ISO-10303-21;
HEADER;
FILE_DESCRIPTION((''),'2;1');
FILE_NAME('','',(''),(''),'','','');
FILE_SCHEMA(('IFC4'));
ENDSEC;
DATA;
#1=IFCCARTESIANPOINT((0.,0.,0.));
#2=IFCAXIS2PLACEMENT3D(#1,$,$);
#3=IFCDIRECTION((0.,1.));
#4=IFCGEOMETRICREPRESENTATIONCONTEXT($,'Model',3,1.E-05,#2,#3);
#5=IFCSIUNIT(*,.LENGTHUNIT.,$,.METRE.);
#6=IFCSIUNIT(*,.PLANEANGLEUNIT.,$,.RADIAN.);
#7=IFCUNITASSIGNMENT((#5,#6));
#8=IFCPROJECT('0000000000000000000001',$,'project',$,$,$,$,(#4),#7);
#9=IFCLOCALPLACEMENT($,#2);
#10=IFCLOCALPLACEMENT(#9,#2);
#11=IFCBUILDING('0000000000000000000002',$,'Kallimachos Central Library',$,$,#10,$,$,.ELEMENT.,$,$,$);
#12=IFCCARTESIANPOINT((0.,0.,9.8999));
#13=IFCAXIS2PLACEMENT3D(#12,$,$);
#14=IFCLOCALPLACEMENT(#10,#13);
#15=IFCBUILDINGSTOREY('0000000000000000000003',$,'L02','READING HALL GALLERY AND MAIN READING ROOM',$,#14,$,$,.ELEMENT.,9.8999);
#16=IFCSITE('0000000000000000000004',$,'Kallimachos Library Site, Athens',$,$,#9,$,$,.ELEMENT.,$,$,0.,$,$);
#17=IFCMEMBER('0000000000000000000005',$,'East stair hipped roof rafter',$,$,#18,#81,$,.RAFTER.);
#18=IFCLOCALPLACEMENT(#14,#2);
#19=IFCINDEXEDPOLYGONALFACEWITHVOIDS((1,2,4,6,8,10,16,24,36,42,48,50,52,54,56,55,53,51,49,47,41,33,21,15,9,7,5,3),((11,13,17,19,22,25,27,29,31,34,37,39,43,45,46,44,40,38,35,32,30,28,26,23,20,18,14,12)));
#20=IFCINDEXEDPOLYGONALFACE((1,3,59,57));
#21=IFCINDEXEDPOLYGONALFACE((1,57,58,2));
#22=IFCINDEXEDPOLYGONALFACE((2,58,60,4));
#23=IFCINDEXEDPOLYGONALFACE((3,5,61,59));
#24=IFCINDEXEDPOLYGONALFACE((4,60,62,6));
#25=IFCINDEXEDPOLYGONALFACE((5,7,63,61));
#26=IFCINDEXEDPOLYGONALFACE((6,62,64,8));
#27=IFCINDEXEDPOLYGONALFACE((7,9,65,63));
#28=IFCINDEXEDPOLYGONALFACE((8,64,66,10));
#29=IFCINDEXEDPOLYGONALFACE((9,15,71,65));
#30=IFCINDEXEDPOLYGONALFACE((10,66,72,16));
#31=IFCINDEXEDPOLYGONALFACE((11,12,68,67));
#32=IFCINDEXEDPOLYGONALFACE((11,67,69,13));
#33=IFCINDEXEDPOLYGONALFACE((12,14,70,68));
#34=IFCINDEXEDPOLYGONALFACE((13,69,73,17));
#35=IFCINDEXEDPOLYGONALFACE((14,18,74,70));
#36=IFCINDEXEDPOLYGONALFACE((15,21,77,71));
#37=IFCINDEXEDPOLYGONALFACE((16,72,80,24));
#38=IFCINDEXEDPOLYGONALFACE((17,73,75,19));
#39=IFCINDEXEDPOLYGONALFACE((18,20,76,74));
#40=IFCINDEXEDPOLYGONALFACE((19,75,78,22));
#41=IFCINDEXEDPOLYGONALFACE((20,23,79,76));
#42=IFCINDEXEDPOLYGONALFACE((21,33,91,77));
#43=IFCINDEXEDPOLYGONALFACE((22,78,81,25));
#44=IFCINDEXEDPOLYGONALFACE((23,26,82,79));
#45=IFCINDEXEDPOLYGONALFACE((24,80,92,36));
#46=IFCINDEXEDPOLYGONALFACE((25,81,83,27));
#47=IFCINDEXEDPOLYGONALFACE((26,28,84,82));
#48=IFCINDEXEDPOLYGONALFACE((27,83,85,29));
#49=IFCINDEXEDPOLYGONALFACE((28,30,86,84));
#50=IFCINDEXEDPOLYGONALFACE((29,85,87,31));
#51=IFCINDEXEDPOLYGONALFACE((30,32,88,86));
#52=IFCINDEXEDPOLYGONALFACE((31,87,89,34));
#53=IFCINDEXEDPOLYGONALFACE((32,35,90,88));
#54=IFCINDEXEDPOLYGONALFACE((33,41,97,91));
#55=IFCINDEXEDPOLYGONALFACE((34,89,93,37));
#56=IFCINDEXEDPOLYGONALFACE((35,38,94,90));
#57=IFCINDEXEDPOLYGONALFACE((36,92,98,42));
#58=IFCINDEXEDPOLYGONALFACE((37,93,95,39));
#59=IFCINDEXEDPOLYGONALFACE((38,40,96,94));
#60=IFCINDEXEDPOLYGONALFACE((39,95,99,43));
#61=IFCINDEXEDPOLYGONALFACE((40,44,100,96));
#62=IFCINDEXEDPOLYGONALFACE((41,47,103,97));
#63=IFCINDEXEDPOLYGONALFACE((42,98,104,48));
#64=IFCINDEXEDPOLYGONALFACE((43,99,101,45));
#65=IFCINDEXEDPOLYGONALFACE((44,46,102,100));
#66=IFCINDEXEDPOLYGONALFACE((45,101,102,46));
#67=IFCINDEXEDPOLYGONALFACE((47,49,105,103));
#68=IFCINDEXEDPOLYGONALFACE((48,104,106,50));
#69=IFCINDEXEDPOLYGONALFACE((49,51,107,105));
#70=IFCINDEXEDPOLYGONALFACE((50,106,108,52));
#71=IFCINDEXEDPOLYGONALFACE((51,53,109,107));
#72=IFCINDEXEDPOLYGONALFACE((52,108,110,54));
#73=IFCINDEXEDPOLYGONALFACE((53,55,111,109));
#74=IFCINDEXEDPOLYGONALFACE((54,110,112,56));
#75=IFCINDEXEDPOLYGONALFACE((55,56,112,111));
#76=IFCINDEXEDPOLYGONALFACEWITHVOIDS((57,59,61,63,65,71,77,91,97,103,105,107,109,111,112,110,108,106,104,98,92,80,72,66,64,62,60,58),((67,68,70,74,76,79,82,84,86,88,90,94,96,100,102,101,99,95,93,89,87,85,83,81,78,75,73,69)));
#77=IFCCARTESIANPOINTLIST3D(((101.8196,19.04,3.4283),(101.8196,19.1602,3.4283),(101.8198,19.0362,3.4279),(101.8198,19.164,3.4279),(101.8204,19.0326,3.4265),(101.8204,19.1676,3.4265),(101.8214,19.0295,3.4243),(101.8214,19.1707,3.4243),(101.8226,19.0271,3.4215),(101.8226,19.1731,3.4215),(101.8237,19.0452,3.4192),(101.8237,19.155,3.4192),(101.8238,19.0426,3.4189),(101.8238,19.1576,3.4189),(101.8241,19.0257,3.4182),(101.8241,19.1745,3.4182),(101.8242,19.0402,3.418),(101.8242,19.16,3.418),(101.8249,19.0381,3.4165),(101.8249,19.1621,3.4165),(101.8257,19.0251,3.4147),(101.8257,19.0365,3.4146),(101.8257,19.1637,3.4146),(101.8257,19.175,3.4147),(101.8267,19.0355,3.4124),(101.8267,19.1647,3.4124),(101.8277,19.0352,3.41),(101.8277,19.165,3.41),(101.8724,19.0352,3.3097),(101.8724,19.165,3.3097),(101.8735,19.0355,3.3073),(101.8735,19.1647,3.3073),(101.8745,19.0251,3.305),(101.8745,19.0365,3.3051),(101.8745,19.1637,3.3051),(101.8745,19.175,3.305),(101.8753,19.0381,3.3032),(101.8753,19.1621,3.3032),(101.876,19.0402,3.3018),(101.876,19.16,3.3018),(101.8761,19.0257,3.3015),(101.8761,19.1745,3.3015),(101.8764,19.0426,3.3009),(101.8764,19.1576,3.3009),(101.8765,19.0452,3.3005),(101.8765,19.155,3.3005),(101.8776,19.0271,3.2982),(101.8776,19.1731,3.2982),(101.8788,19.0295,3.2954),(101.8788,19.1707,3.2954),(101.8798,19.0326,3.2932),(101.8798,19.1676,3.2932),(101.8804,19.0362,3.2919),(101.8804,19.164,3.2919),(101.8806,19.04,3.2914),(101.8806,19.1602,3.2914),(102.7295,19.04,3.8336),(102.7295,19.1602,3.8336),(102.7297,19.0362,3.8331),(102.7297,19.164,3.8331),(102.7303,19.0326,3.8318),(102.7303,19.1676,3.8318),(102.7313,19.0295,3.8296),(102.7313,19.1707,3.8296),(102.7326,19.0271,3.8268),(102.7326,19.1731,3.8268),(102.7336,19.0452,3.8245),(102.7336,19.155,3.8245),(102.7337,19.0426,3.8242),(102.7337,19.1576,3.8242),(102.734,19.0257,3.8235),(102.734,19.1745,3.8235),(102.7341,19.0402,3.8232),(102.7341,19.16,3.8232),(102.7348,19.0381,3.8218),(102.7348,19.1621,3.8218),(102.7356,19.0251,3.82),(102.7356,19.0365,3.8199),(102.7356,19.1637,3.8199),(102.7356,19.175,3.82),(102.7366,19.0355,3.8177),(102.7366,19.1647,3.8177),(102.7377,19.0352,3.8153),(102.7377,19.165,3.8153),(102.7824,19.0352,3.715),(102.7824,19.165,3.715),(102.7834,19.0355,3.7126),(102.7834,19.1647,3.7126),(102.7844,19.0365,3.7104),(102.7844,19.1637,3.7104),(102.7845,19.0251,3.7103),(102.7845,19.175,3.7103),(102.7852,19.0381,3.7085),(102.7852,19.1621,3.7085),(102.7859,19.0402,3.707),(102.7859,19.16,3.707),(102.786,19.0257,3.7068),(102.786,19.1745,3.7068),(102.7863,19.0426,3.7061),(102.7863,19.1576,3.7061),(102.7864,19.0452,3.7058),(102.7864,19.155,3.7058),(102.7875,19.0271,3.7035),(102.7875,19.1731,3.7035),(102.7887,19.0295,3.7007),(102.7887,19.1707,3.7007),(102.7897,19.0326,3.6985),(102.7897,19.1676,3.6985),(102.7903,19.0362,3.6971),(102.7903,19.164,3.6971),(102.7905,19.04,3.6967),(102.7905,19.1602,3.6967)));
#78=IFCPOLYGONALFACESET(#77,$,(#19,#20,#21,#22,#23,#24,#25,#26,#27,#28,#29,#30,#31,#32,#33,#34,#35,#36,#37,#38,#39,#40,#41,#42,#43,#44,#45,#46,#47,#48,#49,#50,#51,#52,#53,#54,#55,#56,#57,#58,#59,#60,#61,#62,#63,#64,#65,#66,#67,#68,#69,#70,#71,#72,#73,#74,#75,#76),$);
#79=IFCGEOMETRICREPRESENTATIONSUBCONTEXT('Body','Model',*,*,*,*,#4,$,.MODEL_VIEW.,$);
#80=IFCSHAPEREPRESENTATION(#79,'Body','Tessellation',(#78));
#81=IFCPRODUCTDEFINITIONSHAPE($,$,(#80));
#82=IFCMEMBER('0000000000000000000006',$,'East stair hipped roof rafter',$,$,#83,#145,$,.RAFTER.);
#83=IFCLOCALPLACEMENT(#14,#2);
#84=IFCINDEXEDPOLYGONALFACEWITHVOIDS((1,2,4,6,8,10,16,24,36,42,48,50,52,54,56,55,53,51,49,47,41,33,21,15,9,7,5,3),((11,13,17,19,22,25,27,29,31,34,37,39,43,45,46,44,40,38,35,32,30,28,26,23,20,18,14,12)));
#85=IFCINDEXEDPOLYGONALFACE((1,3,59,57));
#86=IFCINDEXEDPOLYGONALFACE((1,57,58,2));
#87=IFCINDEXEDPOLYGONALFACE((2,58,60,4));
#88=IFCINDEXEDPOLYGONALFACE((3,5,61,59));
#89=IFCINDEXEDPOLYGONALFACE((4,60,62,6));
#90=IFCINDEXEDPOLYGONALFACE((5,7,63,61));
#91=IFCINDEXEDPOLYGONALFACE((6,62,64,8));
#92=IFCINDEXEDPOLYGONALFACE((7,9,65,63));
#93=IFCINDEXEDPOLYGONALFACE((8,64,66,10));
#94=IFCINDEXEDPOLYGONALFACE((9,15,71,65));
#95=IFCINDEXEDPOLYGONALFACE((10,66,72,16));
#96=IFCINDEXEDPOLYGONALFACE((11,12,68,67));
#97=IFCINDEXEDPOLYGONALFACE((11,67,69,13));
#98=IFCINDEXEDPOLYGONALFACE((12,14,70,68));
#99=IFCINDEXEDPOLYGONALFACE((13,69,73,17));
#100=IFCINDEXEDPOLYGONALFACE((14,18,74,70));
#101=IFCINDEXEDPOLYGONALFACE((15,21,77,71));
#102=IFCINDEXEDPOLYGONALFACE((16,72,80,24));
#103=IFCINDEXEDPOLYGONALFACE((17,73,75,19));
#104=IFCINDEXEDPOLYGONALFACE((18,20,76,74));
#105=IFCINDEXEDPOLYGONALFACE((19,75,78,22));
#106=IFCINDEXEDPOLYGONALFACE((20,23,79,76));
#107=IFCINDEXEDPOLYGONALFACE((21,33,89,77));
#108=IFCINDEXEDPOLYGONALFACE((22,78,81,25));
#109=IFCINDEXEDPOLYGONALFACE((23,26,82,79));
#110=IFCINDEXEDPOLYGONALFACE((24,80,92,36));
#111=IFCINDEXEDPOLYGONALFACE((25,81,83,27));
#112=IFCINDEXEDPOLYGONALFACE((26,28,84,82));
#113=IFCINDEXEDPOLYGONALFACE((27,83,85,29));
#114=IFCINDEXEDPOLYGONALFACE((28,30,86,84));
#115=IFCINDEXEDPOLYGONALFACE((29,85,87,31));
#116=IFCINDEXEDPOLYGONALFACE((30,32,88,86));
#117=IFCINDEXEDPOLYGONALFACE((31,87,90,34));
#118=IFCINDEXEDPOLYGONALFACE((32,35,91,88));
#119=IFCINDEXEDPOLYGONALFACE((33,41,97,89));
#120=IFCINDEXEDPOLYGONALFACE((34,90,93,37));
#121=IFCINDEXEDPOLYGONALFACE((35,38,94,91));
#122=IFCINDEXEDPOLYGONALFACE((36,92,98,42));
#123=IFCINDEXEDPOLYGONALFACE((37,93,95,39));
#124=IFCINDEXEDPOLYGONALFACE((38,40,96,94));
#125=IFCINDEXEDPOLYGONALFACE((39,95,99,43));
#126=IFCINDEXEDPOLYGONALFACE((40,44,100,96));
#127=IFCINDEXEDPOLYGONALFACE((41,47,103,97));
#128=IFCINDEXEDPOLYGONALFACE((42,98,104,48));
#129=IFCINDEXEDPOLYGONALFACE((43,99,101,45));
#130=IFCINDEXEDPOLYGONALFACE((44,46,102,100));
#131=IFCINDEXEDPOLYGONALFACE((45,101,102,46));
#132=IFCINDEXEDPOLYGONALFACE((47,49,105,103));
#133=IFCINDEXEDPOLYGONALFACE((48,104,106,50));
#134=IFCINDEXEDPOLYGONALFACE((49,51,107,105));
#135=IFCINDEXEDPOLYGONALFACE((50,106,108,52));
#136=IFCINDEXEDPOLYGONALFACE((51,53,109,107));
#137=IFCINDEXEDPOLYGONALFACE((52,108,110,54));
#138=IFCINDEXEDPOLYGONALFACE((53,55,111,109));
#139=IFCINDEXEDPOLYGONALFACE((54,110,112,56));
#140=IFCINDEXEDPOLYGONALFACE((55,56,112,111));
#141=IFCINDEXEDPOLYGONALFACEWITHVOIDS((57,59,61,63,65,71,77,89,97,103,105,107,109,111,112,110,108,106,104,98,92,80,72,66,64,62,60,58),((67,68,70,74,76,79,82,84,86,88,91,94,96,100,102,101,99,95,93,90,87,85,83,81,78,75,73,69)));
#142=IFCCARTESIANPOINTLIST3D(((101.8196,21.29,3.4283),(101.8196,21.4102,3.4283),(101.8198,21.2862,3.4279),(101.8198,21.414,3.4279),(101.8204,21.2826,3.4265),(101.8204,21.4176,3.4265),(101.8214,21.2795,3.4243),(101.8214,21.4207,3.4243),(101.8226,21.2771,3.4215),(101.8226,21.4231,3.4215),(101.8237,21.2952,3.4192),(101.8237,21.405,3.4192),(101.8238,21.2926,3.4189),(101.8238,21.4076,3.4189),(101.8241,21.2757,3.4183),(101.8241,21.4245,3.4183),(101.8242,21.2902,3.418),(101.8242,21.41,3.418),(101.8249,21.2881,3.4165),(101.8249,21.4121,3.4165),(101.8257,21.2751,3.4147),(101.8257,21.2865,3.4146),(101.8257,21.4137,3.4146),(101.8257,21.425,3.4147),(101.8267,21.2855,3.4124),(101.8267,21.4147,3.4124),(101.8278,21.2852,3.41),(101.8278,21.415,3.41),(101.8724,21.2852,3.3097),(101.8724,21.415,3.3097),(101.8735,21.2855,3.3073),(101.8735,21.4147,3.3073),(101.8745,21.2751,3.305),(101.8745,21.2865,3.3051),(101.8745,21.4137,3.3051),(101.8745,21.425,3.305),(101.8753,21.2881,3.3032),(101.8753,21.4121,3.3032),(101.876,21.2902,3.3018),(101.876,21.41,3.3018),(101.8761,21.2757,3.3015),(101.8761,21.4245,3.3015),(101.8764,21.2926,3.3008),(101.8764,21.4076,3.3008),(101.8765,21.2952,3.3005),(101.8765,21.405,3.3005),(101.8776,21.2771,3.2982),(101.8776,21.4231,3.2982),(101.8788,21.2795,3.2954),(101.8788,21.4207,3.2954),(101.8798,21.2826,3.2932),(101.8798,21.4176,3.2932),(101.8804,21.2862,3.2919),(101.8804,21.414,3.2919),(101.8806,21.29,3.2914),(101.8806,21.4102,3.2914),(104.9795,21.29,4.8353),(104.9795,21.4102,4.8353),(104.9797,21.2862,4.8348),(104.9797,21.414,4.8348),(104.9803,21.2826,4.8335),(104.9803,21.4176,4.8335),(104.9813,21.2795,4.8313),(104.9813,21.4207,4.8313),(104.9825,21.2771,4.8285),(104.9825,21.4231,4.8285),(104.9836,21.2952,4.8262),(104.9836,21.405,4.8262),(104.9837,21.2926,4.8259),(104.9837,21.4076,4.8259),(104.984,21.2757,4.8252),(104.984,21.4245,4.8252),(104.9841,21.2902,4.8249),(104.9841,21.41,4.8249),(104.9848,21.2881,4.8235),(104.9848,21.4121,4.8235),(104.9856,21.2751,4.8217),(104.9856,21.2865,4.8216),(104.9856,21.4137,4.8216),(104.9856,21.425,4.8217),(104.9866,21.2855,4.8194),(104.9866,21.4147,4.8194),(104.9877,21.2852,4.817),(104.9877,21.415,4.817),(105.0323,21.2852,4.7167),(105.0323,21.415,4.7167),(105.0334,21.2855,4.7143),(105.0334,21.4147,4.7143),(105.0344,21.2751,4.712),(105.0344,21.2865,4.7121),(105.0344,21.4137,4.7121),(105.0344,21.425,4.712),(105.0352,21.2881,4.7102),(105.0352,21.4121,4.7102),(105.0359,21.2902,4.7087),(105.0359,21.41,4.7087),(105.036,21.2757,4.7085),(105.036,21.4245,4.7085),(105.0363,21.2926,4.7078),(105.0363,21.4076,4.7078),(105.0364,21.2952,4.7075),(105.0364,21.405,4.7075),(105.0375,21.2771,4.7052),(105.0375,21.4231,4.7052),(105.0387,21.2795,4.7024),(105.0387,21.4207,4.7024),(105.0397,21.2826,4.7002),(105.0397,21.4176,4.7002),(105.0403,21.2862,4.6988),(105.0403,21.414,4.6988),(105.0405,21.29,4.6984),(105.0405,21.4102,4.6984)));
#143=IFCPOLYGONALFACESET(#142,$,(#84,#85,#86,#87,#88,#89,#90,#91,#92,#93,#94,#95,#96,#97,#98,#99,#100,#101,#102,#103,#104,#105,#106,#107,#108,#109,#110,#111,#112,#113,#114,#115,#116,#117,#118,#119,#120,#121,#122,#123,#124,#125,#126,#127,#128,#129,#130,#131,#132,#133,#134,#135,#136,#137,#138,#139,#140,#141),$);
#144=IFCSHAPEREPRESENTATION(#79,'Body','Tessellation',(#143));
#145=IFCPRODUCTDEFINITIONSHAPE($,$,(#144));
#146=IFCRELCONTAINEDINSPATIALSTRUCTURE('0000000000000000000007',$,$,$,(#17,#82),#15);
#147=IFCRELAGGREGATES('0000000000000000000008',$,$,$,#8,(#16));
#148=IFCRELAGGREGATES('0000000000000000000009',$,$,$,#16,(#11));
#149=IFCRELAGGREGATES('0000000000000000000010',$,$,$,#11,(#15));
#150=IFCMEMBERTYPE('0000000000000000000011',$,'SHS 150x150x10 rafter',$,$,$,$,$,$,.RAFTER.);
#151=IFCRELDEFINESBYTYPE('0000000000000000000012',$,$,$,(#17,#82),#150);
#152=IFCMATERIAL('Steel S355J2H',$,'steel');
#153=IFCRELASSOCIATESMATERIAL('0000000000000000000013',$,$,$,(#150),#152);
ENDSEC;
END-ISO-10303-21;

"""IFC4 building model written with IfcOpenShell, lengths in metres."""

from ifc_helpers import new_model, si_unit, direction, frame, origin, origin_2d, place, context, subcontext, project, spatial, hollow_rectangle, extrude, material, material_profile, profile_set, type_object, element, save


model = new_model("IFC4")

# Units and contexts
model_context = context("Model", 3, precision=1e-05, world=origin(), true_north=direction((0.0, 1.0)))
body_context = subcontext(model_context, "Body", "Model", "MODEL_VIEW")
ifc_project = project(units=[si_unit("LENGTHUNIT", "METRE"), si_unit("PLANEANGLEUNIT", "RADIAN")], contexts=[model_context])

# Site, building, storey
site_placement = place(None, origin())
site = spatial("IfcSite", under=ifc_project, at=site_placement, Name="Kallimachos Library Site, Athens", CompositionType="ELEMENT", RefElevation=0.0)
building_placement = place(site_placement, origin())
building = spatial("IfcBuilding", under=site, at=building_placement, Name="Kallimachos Central Library", CompositionType="ELEMENT")
storey_placement = place(building_placement, frame((0.0, 0.0, 9.8999)))
storey = spatial("IfcBuildingStorey", under=building, at=storey_placement, Name="L02", Description="READING HALL GALLERY AND MAIN READING ROOM", CompositionType="ELEMENT", Elevation=9.8999)

# Members
ifc_material_1 = material(Name="Steel S355J2H", Category="steel")
ifc_material_profile_1 = material_profile(ifc_material_1, hollow_rectangle(XDim=0.1499, YDim=0.1499, WallThickness=0.01, InnerFilletRadius=0.01, OuterFilletRadius=0.0149, at=origin_2d()), Name="SHS 150x150x10")
ifc_profile_set_1 = profile_set([ifc_material_profile_1], Name="Steel S355J2H")
member_type_1 = type_object("IfcMemberType", Name="SHS 150x150x10 rafter", PredefinedType="RAFTER", material=ifc_profile_set_1)
member_1_placement = place(storey_placement, frame((101.8501, 19.1001, 3.3599), z_axis=(0.913488, 0.0, 0.406866), x_axis=(0.0, 1.0, 0.0)))
element("IfcMember", 1, at=member_1_placement, inside=storey, type_object=member_type_1, Name="East stair hipped roof rafter", PredefinedType="RAFTER", context=body_context, shape_type="SweptSolid", body=[
    extrude(hollow_rectangle(XDim=0.1499, YDim=0.1499, WallThickness=0.01, InnerFilletRadius=0.01, OuterFilletRadius=0.0149, at=origin_2d()), origin(), (0.0, 0.0, 1.0), 0.9961),
])
member_2_placement = place(storey_placement, frame((101.8501, 21.3501, 3.3599), z_axis=(0.913535, 0.0, 0.406761), x_axis=(0.0, 1.0, 0.0)))
element("IfcMember", 2, at=member_2_placement, inside=storey, type_object=member_type_1, Name="East stair hipped roof rafter", PredefinedType="RAFTER", context=body_context, shape_type="SweptSolid", body=[
    extrude(hollow_rectangle(XDim=0.1499, YDim=0.1499, WallThickness=0.01, InnerFilletRadius=0.01, OuterFilletRadius=0.0149, at=origin_2d()), origin(), (0.0, 0.0, 1.0), 3.459),
])

save(model, "model.ifc")
